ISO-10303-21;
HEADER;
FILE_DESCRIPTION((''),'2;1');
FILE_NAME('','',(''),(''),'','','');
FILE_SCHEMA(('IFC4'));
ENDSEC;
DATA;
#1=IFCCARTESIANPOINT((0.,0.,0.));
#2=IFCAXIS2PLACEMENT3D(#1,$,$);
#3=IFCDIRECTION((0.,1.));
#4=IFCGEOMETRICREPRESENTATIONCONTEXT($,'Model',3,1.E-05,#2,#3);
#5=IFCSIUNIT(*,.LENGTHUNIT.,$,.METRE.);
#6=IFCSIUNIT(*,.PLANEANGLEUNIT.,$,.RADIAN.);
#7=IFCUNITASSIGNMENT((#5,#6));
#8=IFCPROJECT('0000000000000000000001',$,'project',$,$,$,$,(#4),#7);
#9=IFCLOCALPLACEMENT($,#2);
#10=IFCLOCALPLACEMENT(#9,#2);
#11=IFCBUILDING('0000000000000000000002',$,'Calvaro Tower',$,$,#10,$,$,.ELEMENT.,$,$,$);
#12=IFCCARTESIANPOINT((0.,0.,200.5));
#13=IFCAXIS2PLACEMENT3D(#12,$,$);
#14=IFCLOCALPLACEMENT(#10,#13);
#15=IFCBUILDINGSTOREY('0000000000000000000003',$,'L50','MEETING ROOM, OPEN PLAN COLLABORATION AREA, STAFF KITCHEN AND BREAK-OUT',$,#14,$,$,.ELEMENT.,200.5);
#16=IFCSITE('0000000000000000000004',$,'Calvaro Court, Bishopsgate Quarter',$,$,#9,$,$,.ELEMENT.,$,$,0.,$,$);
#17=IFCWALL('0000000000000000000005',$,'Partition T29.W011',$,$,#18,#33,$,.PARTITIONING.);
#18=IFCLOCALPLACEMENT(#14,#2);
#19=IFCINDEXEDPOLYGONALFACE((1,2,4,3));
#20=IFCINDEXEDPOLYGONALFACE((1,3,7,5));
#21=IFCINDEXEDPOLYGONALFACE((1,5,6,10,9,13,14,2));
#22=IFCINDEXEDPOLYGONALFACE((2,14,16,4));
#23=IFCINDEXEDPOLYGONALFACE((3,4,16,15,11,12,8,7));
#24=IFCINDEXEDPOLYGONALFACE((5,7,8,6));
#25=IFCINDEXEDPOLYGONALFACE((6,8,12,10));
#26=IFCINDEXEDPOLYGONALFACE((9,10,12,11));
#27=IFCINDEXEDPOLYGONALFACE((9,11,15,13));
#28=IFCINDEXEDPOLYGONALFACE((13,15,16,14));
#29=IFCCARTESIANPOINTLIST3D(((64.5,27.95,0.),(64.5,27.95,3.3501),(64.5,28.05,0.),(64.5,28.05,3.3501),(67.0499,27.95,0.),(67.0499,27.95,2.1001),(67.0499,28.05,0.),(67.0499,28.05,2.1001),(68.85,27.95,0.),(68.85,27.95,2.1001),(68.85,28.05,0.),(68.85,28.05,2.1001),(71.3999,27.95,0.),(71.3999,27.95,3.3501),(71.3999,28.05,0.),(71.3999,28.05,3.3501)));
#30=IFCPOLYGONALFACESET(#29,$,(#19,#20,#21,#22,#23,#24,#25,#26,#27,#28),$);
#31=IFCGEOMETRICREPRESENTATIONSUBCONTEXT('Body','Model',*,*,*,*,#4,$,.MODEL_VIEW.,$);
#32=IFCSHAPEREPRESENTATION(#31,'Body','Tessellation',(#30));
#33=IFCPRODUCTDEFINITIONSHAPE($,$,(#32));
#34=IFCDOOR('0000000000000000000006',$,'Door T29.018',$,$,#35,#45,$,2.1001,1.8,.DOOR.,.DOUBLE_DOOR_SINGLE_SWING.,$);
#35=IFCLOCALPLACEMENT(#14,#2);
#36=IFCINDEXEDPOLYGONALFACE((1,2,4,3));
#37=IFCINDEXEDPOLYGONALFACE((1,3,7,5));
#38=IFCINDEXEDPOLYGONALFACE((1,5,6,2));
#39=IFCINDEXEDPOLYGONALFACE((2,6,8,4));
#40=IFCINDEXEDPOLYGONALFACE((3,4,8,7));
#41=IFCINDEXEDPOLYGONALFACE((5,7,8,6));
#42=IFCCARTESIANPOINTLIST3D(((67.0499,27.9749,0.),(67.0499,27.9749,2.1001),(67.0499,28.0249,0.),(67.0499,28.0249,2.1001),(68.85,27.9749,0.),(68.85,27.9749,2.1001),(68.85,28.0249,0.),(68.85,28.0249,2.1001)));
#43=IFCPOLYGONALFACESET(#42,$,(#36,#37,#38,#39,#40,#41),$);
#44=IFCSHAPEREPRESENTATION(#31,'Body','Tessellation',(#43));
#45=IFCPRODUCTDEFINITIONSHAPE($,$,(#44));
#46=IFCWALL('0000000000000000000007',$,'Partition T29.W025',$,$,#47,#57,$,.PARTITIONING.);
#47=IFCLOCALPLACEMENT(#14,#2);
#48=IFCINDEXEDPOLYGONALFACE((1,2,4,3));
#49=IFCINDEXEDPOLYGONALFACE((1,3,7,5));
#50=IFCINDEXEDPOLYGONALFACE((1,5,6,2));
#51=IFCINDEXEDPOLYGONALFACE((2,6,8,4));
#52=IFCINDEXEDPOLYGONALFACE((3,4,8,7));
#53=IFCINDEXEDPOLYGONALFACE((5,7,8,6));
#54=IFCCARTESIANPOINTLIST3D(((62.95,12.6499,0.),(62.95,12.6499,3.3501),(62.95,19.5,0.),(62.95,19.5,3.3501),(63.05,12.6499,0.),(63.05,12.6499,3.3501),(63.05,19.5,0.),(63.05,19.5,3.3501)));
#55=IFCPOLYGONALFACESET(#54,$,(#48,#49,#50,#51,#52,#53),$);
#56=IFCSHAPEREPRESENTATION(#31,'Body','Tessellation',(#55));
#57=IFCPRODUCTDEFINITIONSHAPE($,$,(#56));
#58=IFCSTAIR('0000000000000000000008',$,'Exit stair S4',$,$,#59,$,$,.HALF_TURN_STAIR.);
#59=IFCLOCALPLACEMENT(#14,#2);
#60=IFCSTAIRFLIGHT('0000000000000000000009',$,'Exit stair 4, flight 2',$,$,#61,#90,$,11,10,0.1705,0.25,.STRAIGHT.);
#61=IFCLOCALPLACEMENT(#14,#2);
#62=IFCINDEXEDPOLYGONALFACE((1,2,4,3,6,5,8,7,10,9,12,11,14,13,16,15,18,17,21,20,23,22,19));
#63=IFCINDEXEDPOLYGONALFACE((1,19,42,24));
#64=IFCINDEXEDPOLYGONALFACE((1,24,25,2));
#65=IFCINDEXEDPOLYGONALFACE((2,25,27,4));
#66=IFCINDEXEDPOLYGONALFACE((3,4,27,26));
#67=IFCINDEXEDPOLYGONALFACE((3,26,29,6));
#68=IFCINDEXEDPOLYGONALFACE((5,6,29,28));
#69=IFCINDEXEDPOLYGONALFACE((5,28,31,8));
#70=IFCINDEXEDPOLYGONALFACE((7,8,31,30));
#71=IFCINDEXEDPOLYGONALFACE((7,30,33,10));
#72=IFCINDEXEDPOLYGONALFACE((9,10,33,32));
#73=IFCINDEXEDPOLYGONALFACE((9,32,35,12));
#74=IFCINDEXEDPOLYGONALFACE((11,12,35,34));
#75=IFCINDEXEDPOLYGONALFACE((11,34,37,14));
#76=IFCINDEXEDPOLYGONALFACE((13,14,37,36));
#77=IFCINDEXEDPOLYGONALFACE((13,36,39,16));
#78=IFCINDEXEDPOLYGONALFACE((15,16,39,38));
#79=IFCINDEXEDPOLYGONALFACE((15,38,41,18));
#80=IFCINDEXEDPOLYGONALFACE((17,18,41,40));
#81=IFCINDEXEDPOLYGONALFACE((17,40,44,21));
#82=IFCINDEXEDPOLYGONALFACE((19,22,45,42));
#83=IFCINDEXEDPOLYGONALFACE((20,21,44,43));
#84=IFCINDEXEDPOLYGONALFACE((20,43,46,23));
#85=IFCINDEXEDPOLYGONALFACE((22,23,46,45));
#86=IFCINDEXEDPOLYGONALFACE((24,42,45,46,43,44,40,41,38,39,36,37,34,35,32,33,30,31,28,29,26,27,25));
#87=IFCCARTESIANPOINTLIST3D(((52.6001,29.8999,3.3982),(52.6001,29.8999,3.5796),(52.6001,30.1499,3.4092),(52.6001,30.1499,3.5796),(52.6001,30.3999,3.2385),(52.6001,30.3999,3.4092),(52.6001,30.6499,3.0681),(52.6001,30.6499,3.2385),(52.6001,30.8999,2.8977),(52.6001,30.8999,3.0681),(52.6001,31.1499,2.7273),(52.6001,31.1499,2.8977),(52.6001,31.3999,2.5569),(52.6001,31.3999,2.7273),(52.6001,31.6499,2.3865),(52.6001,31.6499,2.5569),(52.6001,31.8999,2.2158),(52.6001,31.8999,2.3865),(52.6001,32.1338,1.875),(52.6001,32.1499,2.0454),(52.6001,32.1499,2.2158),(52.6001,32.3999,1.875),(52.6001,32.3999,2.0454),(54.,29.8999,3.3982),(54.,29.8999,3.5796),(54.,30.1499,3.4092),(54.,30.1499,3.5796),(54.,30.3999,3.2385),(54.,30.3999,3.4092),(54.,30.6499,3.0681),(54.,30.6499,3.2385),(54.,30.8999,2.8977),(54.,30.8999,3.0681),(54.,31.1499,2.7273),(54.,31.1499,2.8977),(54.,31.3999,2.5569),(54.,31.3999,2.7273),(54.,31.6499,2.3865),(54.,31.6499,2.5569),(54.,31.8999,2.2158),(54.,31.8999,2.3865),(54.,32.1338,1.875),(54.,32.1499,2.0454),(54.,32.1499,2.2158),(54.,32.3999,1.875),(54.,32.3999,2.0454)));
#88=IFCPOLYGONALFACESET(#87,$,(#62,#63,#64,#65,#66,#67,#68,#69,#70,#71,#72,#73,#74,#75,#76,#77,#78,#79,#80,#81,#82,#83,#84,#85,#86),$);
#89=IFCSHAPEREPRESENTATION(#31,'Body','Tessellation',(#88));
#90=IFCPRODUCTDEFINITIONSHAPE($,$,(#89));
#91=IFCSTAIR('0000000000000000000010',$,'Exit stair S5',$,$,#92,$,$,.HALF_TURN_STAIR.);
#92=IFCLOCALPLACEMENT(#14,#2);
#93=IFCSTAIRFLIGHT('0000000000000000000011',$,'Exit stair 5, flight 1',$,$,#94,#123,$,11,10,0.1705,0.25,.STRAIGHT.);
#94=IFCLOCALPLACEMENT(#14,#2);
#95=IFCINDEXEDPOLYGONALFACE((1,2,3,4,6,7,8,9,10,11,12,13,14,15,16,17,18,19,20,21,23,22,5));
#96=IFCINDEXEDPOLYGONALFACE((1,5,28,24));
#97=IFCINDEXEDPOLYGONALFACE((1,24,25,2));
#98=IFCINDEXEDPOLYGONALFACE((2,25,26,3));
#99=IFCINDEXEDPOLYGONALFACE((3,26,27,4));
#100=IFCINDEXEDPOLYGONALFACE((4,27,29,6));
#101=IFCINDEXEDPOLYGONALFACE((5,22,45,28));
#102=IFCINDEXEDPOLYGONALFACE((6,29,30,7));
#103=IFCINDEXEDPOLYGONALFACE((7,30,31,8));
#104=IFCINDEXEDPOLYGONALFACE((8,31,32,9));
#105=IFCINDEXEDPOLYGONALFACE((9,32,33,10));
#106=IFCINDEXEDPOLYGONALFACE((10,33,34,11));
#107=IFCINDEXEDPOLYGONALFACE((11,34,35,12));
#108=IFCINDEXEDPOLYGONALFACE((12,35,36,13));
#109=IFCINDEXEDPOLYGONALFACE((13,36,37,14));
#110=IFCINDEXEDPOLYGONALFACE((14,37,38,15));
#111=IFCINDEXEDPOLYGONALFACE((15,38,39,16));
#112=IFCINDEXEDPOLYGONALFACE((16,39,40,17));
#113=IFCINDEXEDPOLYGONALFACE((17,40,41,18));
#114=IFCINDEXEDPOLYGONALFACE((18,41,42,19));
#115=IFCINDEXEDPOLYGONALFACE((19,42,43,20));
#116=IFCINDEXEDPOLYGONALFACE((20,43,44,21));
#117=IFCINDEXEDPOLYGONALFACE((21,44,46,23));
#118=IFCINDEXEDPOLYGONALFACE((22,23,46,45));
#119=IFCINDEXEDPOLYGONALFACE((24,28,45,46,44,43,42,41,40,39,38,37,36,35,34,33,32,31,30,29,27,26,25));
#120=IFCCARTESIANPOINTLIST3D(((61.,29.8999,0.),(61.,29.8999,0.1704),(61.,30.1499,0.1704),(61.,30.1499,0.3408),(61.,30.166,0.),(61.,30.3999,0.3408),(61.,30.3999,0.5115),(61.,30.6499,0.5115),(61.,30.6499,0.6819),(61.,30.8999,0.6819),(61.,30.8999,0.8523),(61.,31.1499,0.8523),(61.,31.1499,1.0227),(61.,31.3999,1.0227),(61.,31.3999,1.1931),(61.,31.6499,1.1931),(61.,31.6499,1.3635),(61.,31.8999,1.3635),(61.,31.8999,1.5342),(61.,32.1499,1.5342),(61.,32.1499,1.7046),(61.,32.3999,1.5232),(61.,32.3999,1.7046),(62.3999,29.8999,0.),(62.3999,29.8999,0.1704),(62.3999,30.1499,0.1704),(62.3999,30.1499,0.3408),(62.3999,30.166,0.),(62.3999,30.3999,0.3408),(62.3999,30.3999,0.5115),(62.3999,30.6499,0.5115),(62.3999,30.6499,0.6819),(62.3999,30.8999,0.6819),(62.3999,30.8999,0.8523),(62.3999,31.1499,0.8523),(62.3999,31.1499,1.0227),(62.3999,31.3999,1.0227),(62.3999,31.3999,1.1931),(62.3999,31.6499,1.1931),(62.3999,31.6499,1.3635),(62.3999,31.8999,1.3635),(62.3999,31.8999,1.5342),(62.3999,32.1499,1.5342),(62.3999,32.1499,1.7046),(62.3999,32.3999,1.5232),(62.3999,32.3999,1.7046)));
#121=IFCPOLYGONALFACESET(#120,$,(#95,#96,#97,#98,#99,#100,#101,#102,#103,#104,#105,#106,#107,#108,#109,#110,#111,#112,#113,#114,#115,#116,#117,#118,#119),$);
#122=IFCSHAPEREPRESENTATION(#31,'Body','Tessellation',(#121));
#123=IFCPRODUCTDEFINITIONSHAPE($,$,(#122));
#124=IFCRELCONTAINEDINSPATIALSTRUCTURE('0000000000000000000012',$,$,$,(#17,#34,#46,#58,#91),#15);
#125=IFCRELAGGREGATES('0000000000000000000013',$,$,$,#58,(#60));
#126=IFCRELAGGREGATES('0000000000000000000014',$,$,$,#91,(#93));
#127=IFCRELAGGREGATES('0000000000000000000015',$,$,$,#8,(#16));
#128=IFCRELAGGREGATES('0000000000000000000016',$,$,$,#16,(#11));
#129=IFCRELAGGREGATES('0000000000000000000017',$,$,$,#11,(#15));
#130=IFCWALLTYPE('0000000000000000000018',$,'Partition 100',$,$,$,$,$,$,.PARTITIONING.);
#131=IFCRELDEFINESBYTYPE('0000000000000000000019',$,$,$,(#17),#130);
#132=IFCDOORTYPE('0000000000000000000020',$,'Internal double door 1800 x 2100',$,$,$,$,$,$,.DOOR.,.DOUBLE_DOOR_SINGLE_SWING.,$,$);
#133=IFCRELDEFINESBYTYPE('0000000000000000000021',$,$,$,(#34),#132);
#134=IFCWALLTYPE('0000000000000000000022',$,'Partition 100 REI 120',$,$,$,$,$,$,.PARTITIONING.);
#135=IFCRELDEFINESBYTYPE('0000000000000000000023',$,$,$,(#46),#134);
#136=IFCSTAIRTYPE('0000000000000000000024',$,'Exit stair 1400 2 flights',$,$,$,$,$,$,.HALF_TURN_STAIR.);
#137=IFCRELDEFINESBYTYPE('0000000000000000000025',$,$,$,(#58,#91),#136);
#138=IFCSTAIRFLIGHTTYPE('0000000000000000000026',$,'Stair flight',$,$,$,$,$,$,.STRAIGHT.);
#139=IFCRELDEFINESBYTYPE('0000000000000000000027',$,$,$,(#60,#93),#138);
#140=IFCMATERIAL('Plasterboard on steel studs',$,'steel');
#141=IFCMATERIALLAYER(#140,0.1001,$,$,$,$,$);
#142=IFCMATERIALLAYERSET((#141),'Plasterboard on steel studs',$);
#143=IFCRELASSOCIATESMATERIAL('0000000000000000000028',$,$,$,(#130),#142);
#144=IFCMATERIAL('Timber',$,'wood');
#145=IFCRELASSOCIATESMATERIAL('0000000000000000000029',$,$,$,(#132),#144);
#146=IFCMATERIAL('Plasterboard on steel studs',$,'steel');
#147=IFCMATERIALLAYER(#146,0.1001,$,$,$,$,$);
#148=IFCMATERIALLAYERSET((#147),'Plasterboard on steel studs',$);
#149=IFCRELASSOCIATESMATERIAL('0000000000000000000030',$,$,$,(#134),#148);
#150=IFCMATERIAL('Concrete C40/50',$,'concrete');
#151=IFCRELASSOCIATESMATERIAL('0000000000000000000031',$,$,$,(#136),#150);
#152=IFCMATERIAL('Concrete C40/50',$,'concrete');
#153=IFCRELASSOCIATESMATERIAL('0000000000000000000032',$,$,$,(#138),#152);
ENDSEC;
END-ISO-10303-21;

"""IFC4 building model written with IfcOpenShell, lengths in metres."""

from ifc_helpers import new_model, si_unit, direction, frame, frame_2d, origin, place, context, subcontext, project, spatial, polyline, rectangle, outline, extrude, material, layer, layer_set, type_object, element, fill, aggregate, save


model = new_model("IFC4")

# Units and contexts
model_context = context("Model", 3, precision=1e-05, world=origin(), true_north=direction((0.0, 1.0)))
body_context = subcontext(model_context, "Body", "Model", "MODEL_VIEW")
ifc_project = project(units=[si_unit("LENGTHUNIT", "METRE"), si_unit("PLANEANGLEUNIT", "RADIAN")], contexts=[model_context])

# Site, building, storey
site_placement = place(None, origin())
site = spatial("IfcSite", under=ifc_project, at=site_placement, Name="Calvaro Court, Bishopsgate Quarter", CompositionType="ELEMENT", RefElevation=0.0)
building_placement = place(site_placement, origin())
building = spatial("IfcBuilding", under=site, at=building_placement, Name="Calvaro Tower", CompositionType="ELEMENT")
storey_placement = place(building_placement, frame((0.0, 0.0, 200.5)))
storey = spatial("IfcBuildingStorey", under=building, at=storey_placement, Name="L50", Description="MEETING ROOM, OPEN PLAN COLLABORATION AREA, STAFF KITCHEN AND BREAK-OUT", CompositionType="ELEMENT", Elevation=200.5)

# Wall, opening, door
ifc_material_1 = material(Name="Plasterboard on steel studs", Category="steel")
ifc_layer_1 = layer(ifc_material_1, 0.1001)
ifc_layer_set_1 = layer_set([ifc_layer_1], Name="Plasterboard on steel studs")
wall_type_1 = type_object("IfcWallType", Name="Partition 100", PredefinedType="PARTITIONING", material=ifc_layer_set_1)
wall_1_placement = place(storey_placement, frame((64.5, 28.0, 0.0), z_axis=(0.0, 0.0, 1.0), x_axis=(1.0, 0.0, 0.0)))
wall_1 = element("IfcWall", 1, at=wall_1_placement, inside=storey, type_object=wall_type_1, Name="Partition T29.W011", PredefinedType="PARTITIONING", context=body_context, shape_type="SweptSolid", body=[
    extrude(rectangle(XDim=6.8999, YDim=0.1001, at=frame_2d((3.45, 0.0))), origin(), (0.0, 0.0, 1.0), 3.3501),
])
opening_1_placement = place(wall_1_placement, frame((2.55, 0.0, 0.0)))
opening_1 = element("IfcOpeningElement", 2, at=opening_1_placement, cuts=wall_1, PredefinedType="OPENING", context=body_context, shape_type="SweptSolid", body=[
    extrude(rectangle(XDim=1.8, YDim=2.1001, at=frame_2d((0.8999, 1.05))), frame((0.0, 0.0601, 0.0), z_axis=(0.0, -1.0, 0.0), x_axis=(1.0, 0.0, 0.0)), (0.0, 0.0, 1.0), 0.1201),
])
ifc_material_2 = material(Name="Timber", Category="wood")
door_type_1 = type_object("IfcDoorType", Name="Internal double door 1800 x 2100", OperationType="DOUBLE_DOOR_SINGLE_SWING", PredefinedType="DOOR", material=ifc_material_2)
door_1_placement = place(opening_1_placement, origin())
door_1 = element("IfcDoor", 3, at=door_1_placement, inside=storey, type_object=door_type_1, Name="Door T29.018", OperationType="DOUBLE_DOOR_SINGLE_SWING", OverallHeight=2.1001, OverallWidth=1.8, PredefinedType="DOOR", context=body_context, shape_type="SweptSolid", body=[
    extrude(rectangle(XDim=1.8, YDim=2.1001, at=frame_2d((0.8999, 1.05))), frame((0.0, 0.0249, 0.0), z_axis=(0.0, -1.0, 0.0), x_axis=(1.0, 0.0, 0.0)), (0.0, 0.0, 1.0), 0.05),
])
fill(opening_1, door_1)

# Wall
ifc_material_3 = material(Name="Plasterboard on steel studs", Category="steel")
ifc_layer_2 = layer(ifc_material_3, 0.1001)
ifc_layer_set_2 = layer_set([ifc_layer_2], Name="Plasterboard on steel studs")
wall_type_2 = type_object("IfcWallType", Name="Partition 100 REI 120", PredefinedType="PARTITIONING", material=ifc_layer_set_2)
wall_2_placement = place(storey_placement, frame((63.0, 12.6499, 0.0), z_axis=(0.0, 0.0, 1.0), x_axis=(0.0, 1.0, 0.0)))
element("IfcWall", 4, at=wall_2_placement, inside=storey, type_object=wall_type_2, Name="Partition T29.W025", PredefinedType="PARTITIONING", context=body_context, shape_type="SweptSolid", body=[
    extrude(rectangle(XDim=6.8501, YDim=0.1001, at=frame_2d((3.425, 0.0))), origin(), (0.0, 0.0, 1.0), 3.3501),
])

# Stairs, stair flights
ifc_material_4 = material(Name="Concrete C40/50", Category="concrete")
stair_type = type_object("IfcStairType", Name="Exit stair 1400 2 flights", PredefinedType="HALF_TURN_STAIR", material=ifc_material_4)
stair_1_placement = place(storey_placement, origin())
stair_1 = element("IfcStair", 5, at=stair_1_placement, inside=storey, type_object=stair_type, Name="Exit stair S4", PredefinedType="HALF_TURN_STAIR")
ifc_material_5 = material(Name="Concrete C40/50", Category="concrete")
stair_flight_type = type_object("IfcStairFlightType", Name="Stair flight", PredefinedType="STRAIGHT", material=ifc_material_5)
stair_flight_1_placement = place(storey_placement, frame((53.3, 32.3999, 1.875), z_axis=(0.0, 0.0, 1.0), x_axis=(0.0, -1.0, 0.0)))
stair_flight_1 = element("IfcStairFlight", 6, at=stair_flight_1_placement, type_object=stair_flight_type, Name="Exit stair 4, flight 2", NumberOfRisers=11, NumberOfTreads=10, PredefinedType="STRAIGHT", RiserHeight=0.1705, TreadLength=0.25, context=body_context, shape_type="SweptSolid", body=[
    extrude(outline(polyline([(0.0, 0.0), (0.0, 0.1704), (0.25, 0.1704), (0.25, 0.3408), (0.5, 0.3408), (0.5, 0.5115), (0.75, 0.5115), (0.75, 0.6819), (1.0, 0.6819), (1.0, 0.8523), (1.25, 0.8523), (1.25, 1.0227), (1.5, 1.0227), (1.5, 1.1931), (1.75, 1.1931), (1.75, 1.3635), (2.0, 1.3635), (2.0, 1.5342), (2.25, 1.5342), (2.25, 1.7046), (2.5, 1.7046), (2.5, 1.875), (2.5, 1.5232), (0.2661, 0.0), (0.0, 0.0)])), frame((0.0, 0.7, 0.0), z_axis=(0.0, -1.0, 0.0), x_axis=(1.0, 0.0, 0.0)), (0.0, 0.0, 1.0), 1.3999),
])
stair_2_placement = place(storey_placement, origin())
stair_2 = element("IfcStair", 7, at=stair_2_placement, inside=storey, type_object=stair_type, Name="Exit stair S5", PredefinedType="HALF_TURN_STAIR")
stair_flight_2_placement = place(storey_placement, frame((61.7, 29.8999, 0.0), z_axis=(0.0, 0.0, 1.0), x_axis=(0.0, 1.0, 0.0)))
stair_flight_2 = element("IfcStairFlight", 8, at=stair_flight_2_placement, type_object=stair_flight_type, Name="Exit stair 5, flight 1", NumberOfRisers=11, NumberOfTreads=10, PredefinedType="STRAIGHT", RiserHeight=0.1705, TreadLength=0.25, context=body_context, shape_type="SweptSolid", body=[
    extrude(outline(polyline([(0.0, 0.0), (0.0, 0.1704), (0.25, 0.1704), (0.25, 0.3408), (0.5, 0.3408), (0.5, 0.5115), (0.75, 0.5115), (0.75, 0.6819), (1.0, 0.6819), (1.0, 0.8523), (1.25, 0.8523), (1.25, 1.0227), (1.5, 1.0227), (1.5, 1.1931), (1.75, 1.1931), (1.75, 1.3635), (2.0, 1.3635), (2.0, 1.5342), (2.25, 1.5342), (2.25, 1.7046), (2.5, 1.7046), (2.5, 1.875), (2.5, 1.5232), (0.2661, 0.0), (0.0, 0.0)])), frame((0.0, 0.7, 0.0), z_axis=(0.0, -1.0, 0.0), x_axis=(1.0, 0.0, 0.0)), (0.0, 0.0, 1.0), 1.3999),
])

aggregate(stair_1, [stair_flight_1])
aggregate(stair_2, [stair_flight_2])

save(model, "model.ifc")
